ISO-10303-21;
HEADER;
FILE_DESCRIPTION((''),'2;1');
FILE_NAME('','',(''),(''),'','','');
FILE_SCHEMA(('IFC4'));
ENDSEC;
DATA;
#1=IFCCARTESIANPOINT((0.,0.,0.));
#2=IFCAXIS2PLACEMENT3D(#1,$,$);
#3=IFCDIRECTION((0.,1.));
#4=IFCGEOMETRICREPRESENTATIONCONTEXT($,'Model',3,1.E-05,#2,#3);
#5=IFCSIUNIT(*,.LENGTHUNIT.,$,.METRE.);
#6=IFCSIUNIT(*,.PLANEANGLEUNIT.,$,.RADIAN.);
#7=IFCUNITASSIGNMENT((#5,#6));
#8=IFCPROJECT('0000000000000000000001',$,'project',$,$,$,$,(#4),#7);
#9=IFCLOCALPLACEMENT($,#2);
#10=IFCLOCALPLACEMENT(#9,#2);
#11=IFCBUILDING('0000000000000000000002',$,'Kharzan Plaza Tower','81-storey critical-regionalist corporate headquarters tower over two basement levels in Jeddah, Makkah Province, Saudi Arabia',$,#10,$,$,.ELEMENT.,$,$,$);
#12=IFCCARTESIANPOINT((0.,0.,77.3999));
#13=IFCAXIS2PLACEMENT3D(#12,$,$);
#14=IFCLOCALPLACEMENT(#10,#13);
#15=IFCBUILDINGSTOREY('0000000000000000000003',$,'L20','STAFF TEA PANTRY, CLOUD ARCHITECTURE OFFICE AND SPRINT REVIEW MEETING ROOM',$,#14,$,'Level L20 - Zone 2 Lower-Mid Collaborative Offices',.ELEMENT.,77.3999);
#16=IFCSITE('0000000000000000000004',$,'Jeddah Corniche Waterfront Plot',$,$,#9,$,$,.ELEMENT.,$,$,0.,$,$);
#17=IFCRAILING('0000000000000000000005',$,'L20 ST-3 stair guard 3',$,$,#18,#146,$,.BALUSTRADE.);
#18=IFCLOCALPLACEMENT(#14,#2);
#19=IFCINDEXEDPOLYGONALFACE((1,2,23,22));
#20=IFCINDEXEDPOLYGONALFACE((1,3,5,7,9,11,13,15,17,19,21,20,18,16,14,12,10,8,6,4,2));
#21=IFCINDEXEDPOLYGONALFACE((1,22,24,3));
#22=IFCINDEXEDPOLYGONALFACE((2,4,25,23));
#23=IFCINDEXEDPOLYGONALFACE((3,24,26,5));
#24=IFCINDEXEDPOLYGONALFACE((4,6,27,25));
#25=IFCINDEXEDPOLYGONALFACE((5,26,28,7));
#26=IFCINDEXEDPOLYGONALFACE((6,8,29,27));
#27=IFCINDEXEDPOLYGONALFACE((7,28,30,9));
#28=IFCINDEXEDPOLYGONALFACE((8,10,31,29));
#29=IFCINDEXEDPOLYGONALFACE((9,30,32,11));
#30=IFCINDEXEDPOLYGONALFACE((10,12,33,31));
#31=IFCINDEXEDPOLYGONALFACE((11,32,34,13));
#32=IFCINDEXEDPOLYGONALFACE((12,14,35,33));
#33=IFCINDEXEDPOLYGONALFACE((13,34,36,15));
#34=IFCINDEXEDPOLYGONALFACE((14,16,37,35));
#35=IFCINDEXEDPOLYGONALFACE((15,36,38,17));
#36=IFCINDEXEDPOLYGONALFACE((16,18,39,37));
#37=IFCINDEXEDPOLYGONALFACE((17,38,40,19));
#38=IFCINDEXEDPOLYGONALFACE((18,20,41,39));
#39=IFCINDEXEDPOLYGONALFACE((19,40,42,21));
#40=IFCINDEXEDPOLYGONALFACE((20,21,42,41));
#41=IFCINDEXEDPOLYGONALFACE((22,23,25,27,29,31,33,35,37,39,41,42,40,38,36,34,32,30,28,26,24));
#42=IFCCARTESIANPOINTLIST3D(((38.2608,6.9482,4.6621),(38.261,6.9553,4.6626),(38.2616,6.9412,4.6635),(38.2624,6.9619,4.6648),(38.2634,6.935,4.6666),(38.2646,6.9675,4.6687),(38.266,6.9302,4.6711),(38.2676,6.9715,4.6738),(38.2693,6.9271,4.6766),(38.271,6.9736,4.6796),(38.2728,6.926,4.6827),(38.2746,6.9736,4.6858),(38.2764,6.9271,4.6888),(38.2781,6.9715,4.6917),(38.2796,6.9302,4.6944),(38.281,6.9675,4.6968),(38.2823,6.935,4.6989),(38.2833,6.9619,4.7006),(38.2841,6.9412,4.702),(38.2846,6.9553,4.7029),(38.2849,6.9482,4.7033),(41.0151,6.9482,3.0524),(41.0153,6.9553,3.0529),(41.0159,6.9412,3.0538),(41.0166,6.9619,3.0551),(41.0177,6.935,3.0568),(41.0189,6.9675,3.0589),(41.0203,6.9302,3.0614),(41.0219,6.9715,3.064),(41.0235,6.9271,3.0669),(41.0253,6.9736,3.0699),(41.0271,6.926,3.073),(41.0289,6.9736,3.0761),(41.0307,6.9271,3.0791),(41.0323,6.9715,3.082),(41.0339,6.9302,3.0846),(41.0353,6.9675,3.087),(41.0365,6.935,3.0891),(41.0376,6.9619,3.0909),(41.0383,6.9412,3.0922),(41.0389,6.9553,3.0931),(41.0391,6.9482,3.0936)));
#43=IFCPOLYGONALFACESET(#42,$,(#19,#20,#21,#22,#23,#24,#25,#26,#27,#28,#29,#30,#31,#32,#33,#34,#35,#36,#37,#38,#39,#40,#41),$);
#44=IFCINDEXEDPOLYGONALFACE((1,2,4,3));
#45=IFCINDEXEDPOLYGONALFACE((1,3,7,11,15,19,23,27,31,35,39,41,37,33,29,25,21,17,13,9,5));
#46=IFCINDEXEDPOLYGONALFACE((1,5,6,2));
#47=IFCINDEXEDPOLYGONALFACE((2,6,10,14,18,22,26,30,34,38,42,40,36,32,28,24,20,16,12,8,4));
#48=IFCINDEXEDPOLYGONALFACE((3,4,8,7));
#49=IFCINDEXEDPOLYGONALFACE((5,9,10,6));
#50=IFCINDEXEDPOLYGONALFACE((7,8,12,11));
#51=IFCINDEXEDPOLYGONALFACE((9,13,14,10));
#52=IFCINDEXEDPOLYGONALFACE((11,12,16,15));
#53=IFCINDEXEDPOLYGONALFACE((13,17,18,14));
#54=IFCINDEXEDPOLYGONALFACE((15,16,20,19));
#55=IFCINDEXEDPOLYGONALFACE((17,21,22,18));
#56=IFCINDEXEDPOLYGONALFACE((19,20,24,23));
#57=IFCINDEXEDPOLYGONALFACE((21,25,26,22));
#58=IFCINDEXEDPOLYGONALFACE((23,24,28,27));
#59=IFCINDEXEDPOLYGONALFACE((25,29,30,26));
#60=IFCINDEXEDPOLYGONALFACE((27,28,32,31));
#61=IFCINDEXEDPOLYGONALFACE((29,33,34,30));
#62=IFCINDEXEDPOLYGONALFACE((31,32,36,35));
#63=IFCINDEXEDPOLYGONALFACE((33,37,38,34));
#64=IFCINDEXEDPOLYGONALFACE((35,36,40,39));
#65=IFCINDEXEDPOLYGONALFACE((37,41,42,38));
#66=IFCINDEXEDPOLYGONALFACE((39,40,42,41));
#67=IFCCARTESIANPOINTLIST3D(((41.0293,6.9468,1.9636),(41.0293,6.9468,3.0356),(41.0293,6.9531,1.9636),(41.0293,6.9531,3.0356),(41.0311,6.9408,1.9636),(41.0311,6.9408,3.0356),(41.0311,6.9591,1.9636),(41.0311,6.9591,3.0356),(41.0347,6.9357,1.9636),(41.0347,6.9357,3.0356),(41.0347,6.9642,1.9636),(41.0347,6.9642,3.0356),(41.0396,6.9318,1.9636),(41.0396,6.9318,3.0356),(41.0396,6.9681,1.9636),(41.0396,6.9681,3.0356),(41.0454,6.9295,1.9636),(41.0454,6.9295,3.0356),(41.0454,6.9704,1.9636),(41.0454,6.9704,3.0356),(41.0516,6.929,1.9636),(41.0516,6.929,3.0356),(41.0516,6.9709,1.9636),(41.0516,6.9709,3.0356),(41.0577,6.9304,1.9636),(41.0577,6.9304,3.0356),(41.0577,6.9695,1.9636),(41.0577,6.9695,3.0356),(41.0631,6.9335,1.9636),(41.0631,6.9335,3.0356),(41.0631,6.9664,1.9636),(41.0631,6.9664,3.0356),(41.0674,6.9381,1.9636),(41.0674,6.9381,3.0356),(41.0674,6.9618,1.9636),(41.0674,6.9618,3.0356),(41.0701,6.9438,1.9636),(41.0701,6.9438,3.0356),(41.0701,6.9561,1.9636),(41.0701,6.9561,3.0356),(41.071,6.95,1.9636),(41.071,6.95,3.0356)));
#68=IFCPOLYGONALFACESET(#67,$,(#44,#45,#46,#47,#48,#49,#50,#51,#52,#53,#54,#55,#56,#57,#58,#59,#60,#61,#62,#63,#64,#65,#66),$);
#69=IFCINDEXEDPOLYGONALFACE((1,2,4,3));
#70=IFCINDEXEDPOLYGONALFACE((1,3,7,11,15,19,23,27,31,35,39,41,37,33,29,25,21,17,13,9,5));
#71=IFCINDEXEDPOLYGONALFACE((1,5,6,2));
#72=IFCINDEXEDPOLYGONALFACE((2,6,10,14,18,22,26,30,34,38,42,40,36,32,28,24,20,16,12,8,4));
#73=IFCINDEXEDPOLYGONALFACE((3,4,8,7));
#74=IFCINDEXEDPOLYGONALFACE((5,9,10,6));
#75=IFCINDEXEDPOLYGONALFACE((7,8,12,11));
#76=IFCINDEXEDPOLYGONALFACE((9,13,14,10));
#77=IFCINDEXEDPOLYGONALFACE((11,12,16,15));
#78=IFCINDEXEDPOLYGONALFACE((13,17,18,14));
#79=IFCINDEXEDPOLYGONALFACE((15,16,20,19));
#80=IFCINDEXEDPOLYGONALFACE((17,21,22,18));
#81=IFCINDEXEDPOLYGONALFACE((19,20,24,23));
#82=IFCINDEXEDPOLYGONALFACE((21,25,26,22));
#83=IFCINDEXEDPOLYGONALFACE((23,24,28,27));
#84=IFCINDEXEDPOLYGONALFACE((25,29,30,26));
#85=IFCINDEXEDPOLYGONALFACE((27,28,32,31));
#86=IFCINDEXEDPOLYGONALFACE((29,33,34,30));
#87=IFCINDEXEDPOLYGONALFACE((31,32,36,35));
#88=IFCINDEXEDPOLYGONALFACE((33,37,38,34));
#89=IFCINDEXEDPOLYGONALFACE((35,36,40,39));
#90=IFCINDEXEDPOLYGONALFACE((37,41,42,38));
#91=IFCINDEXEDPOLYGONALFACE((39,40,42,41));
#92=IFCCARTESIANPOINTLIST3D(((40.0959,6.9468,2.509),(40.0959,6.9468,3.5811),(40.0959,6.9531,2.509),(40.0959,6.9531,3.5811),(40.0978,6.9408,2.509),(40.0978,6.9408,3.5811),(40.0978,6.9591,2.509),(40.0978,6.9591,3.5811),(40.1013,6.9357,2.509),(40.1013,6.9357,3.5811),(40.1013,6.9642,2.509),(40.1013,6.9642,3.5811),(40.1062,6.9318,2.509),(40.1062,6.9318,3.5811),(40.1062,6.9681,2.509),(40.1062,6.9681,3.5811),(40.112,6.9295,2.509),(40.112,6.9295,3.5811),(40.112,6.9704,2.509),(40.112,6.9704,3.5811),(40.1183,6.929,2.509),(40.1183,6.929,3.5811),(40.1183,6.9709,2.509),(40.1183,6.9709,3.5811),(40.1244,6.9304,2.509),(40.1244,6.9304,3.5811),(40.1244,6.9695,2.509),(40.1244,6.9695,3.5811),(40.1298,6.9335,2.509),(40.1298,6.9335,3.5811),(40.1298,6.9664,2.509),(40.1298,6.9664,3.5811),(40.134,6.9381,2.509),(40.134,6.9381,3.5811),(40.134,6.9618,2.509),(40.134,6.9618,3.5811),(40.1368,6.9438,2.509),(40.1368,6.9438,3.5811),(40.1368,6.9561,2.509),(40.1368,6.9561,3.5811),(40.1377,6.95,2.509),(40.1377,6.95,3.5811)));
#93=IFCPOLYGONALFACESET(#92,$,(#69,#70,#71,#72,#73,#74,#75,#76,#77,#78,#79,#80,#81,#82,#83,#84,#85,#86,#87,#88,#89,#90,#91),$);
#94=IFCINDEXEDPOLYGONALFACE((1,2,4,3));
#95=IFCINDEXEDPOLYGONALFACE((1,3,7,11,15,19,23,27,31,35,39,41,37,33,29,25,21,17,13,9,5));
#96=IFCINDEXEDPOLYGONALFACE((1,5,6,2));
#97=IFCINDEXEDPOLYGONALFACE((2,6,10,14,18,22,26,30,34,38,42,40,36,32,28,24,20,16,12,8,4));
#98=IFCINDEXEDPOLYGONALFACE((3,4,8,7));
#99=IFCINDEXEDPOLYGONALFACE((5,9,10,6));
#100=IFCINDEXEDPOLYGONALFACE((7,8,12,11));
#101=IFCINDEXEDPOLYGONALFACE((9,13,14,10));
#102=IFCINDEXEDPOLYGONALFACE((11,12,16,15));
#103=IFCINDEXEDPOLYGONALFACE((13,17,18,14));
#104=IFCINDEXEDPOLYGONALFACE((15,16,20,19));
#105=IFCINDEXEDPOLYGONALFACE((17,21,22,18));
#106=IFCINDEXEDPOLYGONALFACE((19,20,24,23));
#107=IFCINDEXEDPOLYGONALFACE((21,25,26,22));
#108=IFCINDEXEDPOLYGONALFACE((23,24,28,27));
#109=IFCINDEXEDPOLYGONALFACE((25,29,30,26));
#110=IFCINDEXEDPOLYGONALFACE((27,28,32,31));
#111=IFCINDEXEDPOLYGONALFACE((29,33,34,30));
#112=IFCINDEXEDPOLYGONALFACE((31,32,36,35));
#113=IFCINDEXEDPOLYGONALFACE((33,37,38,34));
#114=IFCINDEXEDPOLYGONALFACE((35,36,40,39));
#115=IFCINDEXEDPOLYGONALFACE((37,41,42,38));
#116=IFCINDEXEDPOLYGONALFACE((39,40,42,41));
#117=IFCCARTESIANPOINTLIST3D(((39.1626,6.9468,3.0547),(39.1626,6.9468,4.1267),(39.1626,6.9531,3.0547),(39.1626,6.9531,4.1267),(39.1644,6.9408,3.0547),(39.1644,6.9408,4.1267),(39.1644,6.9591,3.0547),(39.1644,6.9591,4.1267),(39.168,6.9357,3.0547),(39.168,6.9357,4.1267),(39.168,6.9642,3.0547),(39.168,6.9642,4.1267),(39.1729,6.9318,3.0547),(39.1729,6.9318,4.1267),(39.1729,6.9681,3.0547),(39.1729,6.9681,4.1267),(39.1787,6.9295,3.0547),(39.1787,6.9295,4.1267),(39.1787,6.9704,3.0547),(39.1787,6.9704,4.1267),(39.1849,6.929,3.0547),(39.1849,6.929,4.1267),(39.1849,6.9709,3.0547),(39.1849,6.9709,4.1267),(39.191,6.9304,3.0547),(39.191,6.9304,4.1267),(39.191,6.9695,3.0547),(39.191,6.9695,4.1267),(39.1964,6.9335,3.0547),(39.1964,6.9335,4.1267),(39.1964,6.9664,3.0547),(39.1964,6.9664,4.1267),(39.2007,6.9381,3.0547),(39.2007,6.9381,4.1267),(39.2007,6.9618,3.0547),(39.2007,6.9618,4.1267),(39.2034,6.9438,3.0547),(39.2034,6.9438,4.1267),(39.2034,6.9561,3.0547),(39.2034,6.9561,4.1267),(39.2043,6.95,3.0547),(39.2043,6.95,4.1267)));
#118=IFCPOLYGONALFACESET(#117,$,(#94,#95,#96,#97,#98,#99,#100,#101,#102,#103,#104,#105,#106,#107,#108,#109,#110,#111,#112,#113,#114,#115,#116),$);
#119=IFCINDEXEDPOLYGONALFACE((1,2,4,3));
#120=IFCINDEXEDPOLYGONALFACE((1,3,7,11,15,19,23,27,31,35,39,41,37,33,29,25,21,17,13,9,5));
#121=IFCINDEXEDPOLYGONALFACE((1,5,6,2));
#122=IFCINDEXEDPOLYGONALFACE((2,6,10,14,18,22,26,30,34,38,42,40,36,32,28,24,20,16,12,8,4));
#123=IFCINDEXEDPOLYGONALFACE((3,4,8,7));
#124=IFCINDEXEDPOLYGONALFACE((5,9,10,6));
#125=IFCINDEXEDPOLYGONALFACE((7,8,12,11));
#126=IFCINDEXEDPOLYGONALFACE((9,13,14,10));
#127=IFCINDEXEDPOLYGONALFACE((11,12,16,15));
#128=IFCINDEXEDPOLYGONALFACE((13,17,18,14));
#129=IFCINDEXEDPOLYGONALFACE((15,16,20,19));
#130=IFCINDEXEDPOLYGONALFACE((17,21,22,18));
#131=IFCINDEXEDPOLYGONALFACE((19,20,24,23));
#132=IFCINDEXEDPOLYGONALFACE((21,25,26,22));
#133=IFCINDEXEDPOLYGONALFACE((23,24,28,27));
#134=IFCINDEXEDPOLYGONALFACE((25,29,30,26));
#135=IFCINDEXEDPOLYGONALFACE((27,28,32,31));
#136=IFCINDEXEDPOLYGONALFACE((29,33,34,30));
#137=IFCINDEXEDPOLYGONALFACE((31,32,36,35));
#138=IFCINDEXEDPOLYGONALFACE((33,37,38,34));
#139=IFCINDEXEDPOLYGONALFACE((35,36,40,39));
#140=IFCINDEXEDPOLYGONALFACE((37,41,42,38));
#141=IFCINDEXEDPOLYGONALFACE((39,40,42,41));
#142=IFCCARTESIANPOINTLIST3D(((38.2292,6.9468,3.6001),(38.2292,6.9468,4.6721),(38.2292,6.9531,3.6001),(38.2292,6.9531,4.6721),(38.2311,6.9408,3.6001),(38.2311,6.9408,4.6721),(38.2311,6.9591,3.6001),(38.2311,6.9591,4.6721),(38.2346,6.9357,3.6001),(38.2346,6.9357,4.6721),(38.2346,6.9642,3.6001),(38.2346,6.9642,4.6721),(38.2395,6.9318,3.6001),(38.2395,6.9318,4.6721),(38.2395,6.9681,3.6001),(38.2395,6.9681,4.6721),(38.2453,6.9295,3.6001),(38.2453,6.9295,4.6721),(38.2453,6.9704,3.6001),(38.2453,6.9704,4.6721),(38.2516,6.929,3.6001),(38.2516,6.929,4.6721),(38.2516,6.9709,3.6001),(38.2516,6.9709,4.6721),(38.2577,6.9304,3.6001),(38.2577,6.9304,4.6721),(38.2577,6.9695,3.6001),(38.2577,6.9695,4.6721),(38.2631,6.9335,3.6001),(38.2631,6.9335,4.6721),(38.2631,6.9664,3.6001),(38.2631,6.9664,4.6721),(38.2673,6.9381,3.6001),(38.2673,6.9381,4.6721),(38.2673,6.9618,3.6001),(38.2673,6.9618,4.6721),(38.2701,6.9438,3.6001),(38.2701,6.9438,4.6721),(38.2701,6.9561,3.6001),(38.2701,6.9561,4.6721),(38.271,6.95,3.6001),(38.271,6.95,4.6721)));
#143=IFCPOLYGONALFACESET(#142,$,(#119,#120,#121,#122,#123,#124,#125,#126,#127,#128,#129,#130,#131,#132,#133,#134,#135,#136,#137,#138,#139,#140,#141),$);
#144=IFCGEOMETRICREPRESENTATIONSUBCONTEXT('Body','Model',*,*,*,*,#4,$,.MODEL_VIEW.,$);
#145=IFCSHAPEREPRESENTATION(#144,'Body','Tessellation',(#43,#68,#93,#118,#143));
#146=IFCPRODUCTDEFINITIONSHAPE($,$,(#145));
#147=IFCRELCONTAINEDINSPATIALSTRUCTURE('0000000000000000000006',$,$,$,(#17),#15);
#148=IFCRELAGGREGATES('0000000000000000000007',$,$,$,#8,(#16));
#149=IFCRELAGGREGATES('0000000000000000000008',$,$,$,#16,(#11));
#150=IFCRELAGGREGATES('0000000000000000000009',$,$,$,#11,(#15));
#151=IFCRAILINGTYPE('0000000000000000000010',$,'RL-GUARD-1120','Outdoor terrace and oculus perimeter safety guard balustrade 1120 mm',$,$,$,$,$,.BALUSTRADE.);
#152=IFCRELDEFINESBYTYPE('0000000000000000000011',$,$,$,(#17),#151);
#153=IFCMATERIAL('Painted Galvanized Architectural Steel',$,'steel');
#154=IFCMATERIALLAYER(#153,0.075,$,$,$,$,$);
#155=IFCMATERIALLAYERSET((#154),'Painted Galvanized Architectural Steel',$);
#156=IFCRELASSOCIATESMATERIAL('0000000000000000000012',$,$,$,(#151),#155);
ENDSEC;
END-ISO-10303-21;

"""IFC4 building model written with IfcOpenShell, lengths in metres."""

from ifc_helpers import new_model, si_unit, direction, frame, origin, origin_2d, place, context, subcontext, project, spatial, circle, extrude, source, transform, mapped, material, layer, layer_set, type_object, element, save


model = new_model("IFC4")

# Units and contexts
model_context = context("Model", 3, precision=1e-05, world=origin(), true_north=direction((0.0, 1.0)))
body_context = subcontext(model_context, "Body", "Model", "MODEL_VIEW")
ifc_project = project(units=[si_unit("LENGTHUNIT", "METRE"), si_unit("PLANEANGLEUNIT", "RADIAN")], contexts=[model_context])

# Site, building, storey
site_placement = place(None, origin())
site = spatial("IfcSite", under=ifc_project, at=site_placement, Name="Jeddah Corniche Waterfront Plot", CompositionType="ELEMENT", RefElevation=0.0)
building_placement = place(site_placement, origin())
building = spatial("IfcBuilding", under=site, at=building_placement, Name="Kharzan Plaza Tower", Description="81-storey critical-regionalist corporate headquarters tower over two basement levels in Jeddah, Makkah Province, Saudi Arabia", CompositionType="ELEMENT")
storey_placement = place(building_placement, frame((0.0, 0.0, 77.3999)))
storey = spatial("IfcBuildingStorey", under=building, at=storey_placement, Name="L20", Description="STAFF TEA PANTRY, CLOUD ARCHITECTURE OFFICE AND SPRINT REVIEW MEETING ROOM", LongName="Level L20 - Zone 2 Lower-Mid Collaborative Offices", CompositionType="ELEMENT", Elevation=77.3999)

# Railing
ifc_material_1 = material(Name="Painted Galvanized Architectural Steel", Category="steel")
ifc_layer_1 = layer(ifc_material_1, 0.075)
ifc_layer_set_1 = layer_set([ifc_layer_1], Name="Painted Galvanized Architectural Steel")
railing_type_1 = type_object("IfcRailingType", Name="RL-GUARD-1120", Description="Outdoor terrace and oculus perimeter safety guard balustrade 1120 mm", PredefinedType="BALUSTRADE", material=ifc_layer_set_1)
shared_shape_1 = source(origin(), body_context, "Body", "SweptSolid", [
    extrude(circle(Radius=0.0239, at=origin_2d()), frame((-0.0229, 0.0, 1.1094), z_axis=(-0.863361, 0.0, 0.504587), x_axis=(0.0, -1.0, 0.0)), (0.0, 0.0, 1.0), 3.1902),
    extrude(circle(Radius=0.021, at=origin_2d()), origin(), (0.0, 0.0, 1.0), 1.072),
    extrude(circle(Radius=0.021, at=origin_2d()), frame((-0.9333, 0.0, 0.5454)), (0.0, 0.0, 1.0), 1.072),
    extrude(circle(Radius=0.021, at=origin_2d()), frame((-1.8667, 0.0, 1.0911)), (0.0, 0.0, 1.0), 1.072),
    extrude(circle(Radius=0.021, at=origin_2d()), frame((-2.8, 0.0, 1.6365)), (0.0, 0.0, 1.0), 1.072),
])
railing_1_placement = place(storey_placement, frame((41.05, 6.95, 1.9636)))
element("IfcRailing", 1, at=railing_1_placement, inside=storey, type_object=railing_type_1, Name="L20 ST-3 stair guard 3", PredefinedType="BALUSTRADE", context=body_context, shape_type="MappedRepresentation", body=[
    mapped(shared_shape_1, transform((0.0, 0.0, 0.0), x_axis=(1.0, 0.0, 0.0), y_axis=(0.0, 1.0, 0.0), z_axis=(0.0, 0.0, 1.0))),
])

save(model, "model.ifc")
